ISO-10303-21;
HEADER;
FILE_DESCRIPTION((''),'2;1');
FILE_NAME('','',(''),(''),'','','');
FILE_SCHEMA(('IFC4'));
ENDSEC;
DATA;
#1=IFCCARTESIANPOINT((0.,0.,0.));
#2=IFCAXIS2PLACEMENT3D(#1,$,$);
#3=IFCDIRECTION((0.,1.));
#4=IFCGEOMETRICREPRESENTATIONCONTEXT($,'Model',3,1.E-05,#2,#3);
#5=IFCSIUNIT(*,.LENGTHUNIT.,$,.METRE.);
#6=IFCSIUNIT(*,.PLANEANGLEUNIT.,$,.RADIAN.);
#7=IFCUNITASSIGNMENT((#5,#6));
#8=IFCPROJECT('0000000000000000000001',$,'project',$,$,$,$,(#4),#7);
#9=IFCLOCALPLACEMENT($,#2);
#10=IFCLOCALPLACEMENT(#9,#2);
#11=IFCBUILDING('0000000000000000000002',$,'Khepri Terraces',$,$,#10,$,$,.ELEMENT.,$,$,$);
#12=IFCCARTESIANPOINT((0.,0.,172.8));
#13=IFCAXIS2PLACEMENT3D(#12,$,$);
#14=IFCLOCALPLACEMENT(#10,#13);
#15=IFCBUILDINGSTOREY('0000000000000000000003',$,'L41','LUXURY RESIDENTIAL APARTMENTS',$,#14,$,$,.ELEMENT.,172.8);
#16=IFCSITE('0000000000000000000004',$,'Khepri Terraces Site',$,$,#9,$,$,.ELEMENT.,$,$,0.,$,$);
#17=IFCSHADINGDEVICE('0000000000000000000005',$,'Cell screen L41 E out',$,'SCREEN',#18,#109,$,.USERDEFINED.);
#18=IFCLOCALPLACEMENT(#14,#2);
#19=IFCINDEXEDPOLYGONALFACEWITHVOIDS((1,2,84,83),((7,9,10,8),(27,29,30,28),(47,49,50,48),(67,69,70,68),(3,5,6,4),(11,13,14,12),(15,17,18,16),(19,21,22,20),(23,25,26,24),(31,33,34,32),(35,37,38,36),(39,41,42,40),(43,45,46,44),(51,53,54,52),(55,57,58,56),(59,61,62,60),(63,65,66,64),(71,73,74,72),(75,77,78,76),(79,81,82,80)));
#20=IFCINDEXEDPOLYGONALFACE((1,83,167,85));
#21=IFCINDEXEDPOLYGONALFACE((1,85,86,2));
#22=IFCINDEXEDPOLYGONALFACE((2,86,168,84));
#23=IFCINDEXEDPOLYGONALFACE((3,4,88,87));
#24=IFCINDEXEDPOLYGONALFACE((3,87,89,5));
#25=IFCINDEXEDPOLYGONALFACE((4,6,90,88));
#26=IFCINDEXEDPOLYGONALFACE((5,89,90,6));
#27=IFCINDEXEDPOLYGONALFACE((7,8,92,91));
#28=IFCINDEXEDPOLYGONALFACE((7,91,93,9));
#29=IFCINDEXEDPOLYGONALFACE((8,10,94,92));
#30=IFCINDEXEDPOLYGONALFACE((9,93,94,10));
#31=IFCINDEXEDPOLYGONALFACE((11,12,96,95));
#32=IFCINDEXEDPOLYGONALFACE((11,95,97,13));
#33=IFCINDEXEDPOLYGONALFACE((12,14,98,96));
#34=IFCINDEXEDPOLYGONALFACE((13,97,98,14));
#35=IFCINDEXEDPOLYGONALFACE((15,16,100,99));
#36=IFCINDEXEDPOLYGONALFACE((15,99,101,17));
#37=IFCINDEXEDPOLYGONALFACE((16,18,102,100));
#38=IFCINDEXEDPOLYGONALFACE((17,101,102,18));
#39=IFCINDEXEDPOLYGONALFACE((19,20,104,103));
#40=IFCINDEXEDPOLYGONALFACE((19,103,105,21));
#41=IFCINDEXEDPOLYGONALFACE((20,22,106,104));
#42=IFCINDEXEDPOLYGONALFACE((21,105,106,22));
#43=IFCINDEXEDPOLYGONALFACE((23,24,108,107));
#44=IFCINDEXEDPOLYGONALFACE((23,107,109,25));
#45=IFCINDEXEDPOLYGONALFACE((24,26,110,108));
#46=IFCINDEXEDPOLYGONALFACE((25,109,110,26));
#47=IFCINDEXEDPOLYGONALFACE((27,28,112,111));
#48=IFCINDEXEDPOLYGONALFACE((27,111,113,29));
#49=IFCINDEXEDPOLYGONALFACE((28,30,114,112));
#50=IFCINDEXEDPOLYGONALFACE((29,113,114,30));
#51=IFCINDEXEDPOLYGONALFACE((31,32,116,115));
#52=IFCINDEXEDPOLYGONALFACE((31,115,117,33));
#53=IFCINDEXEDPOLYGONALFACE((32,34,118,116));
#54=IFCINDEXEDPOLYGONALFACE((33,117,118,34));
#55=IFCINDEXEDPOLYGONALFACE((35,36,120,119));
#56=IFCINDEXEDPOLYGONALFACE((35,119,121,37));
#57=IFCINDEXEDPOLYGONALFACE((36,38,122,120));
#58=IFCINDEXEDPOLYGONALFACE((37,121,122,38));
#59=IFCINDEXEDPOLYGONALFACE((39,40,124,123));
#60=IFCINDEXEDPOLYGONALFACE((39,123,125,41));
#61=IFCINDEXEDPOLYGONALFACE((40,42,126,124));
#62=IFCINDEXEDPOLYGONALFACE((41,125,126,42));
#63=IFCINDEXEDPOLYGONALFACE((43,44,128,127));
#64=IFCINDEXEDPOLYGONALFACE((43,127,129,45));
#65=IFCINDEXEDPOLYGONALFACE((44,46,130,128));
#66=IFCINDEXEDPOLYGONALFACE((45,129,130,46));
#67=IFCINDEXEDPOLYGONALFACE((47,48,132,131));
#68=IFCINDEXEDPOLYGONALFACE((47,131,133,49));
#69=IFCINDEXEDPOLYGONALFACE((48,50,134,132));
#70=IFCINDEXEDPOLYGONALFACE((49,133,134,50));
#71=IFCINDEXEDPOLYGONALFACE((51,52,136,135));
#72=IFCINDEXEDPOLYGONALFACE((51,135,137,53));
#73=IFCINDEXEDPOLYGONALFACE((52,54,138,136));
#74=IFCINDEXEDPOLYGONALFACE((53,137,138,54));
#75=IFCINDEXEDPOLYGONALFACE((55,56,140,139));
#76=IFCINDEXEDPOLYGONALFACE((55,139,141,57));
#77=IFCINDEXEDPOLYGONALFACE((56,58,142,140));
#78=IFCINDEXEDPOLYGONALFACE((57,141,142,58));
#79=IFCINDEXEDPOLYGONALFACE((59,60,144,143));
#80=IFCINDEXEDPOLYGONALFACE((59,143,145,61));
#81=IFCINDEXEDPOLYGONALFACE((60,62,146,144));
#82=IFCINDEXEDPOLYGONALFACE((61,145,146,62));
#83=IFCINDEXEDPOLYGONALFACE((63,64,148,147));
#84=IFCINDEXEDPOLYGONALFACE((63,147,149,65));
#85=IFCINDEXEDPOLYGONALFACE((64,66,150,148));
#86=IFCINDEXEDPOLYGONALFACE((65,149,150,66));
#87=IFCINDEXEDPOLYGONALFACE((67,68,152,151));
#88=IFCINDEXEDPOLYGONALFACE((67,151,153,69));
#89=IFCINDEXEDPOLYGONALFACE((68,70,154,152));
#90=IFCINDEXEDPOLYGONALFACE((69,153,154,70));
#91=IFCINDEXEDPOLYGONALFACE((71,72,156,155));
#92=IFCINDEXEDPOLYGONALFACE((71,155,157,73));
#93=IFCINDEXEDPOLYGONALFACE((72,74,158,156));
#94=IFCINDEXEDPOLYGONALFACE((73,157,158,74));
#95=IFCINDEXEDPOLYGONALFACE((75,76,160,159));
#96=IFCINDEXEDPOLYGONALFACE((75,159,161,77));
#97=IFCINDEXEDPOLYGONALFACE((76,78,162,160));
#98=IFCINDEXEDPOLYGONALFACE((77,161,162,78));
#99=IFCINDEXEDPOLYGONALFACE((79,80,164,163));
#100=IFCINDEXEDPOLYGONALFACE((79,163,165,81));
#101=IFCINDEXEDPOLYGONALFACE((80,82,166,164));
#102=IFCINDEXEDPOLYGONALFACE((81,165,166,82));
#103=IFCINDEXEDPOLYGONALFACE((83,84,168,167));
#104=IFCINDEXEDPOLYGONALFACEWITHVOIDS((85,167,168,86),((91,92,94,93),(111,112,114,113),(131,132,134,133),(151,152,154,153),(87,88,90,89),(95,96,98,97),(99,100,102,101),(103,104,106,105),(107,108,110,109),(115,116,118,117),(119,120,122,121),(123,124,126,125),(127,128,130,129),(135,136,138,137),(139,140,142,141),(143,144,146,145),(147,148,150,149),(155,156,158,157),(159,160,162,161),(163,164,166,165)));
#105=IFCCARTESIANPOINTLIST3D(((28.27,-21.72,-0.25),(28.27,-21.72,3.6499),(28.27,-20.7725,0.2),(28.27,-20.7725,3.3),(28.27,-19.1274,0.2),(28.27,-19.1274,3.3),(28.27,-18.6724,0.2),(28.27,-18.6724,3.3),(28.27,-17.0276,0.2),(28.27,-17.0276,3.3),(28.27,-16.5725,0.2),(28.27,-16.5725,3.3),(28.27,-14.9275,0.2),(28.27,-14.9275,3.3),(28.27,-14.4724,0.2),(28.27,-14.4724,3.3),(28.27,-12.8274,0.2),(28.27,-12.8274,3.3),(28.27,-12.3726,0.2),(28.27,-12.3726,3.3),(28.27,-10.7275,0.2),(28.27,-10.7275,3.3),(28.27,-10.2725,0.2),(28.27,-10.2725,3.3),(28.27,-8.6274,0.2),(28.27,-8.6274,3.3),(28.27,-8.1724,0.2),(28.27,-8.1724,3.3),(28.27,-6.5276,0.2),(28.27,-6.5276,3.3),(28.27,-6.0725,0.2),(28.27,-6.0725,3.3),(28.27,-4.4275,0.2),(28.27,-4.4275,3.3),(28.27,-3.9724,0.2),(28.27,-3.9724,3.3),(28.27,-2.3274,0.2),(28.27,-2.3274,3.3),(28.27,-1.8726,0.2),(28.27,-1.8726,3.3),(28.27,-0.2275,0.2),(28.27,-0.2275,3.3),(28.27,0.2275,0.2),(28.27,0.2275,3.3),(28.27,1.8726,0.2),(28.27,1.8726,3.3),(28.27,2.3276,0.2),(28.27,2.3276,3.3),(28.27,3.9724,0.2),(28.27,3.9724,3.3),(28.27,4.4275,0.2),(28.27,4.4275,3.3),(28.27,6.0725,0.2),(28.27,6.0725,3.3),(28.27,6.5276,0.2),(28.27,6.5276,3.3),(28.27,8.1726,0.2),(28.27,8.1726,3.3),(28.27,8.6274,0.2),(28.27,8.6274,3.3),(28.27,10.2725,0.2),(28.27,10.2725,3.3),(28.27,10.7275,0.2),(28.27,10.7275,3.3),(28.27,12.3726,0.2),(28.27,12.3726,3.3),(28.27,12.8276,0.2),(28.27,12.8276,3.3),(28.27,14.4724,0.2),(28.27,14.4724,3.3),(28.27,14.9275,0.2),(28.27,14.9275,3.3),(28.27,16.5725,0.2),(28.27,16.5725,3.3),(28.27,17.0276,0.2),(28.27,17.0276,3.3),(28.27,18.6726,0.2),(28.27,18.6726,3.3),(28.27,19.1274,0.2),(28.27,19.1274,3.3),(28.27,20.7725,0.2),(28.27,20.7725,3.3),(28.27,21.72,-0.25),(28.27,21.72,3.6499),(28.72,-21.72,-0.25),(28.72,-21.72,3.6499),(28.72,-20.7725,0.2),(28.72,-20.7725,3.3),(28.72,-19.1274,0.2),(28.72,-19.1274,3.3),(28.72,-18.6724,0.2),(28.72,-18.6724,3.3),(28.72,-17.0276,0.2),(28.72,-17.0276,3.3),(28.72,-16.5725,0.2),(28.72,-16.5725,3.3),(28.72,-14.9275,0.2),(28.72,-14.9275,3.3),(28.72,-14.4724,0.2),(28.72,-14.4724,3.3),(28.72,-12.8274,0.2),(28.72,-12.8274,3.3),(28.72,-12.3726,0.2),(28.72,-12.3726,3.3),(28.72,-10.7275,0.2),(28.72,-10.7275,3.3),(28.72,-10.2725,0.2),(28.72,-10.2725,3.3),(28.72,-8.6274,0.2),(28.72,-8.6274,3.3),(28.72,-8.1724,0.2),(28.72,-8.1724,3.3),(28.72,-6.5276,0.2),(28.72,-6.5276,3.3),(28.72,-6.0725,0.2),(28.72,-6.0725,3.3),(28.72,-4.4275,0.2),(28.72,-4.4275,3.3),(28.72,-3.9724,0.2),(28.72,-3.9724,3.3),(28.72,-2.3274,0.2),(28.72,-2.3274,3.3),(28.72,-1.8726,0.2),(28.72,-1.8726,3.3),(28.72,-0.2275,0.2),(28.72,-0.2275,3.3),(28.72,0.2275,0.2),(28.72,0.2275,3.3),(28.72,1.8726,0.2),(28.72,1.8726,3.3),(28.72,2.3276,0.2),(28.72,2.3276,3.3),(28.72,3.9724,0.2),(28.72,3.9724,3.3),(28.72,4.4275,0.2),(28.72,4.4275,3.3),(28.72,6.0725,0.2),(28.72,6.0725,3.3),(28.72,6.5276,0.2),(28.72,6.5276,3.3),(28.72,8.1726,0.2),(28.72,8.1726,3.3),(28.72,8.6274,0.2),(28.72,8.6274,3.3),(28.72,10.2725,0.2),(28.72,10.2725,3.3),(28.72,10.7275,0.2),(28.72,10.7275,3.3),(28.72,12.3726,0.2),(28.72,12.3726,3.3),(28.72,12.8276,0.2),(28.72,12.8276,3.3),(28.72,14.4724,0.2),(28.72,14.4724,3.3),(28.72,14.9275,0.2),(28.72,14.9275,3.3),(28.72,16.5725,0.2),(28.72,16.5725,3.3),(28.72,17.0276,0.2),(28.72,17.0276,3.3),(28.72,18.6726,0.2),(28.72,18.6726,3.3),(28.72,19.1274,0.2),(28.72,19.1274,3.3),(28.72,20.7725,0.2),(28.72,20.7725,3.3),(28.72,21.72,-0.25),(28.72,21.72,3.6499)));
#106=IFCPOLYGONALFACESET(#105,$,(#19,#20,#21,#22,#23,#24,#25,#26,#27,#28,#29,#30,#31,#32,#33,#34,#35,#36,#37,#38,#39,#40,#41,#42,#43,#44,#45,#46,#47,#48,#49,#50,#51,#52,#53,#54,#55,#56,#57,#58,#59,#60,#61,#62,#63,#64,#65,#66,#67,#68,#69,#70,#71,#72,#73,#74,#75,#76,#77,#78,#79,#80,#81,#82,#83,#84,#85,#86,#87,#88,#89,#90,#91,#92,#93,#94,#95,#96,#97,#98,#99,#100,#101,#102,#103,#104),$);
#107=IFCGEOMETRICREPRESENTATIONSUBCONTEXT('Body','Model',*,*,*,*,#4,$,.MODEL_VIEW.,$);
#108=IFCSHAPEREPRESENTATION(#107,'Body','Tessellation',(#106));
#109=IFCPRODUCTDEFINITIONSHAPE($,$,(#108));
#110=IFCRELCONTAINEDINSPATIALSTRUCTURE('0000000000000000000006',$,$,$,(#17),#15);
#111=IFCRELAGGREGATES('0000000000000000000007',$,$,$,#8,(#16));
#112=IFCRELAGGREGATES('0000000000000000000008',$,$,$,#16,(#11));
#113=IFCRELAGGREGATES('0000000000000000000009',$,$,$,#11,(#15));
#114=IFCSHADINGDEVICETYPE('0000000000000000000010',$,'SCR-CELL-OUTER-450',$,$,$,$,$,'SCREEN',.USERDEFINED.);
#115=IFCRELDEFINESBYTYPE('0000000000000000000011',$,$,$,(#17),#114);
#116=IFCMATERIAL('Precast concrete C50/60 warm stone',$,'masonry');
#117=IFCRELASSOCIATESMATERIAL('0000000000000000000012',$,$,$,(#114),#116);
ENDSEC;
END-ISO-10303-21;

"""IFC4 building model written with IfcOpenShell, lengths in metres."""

from ifc_helpers import new_model, si_unit, direction, frame, origin, place, context, subcontext, project, spatial, polyline, outline, extrude, material, type_object, element, save


model = new_model("IFC4")

# Units and contexts
model_context = context("Model", 3, precision=1e-05, world=origin(), true_north=direction((0.0, 1.0)))
body_context = subcontext(model_context, "Body", "Model", "MODEL_VIEW")
ifc_project = project(units=[si_unit("LENGTHUNIT", "METRE"), si_unit("PLANEANGLEUNIT", "RADIAN")], contexts=[model_context])

# Site, building, storey
site_placement = place(None, origin())
site = spatial("IfcSite", under=ifc_project, at=site_placement, Name="Khepri Terraces Site", CompositionType="ELEMENT", RefElevation=0.0)
building_placement = place(site_placement, origin())
building = spatial("IfcBuilding", under=site, at=building_placement, Name="Khepri Terraces", CompositionType="ELEMENT")
storey_placement = place(building_placement, frame((0.0, 0.0, 172.8)))
storey = spatial("IfcBuildingStorey", under=building, at=storey_placement, Name="L41", Description="LUXURY RESIDENTIAL APARTMENTS", CompositionType="ELEMENT", Elevation=172.8)

# Shared definitions
ifc_material_1 = material(Name="Precast concrete C50/60 warm stone", Category="masonry")

# Shading device
shading_device_type_1 = type_object("IfcShadingDeviceType", Name="SCR-CELL-OUTER-450", ElementType="SCREEN", PredefinedType="USERDEFINED", material=ifc_material_1)
shading_device_1_placement = place(storey_placement, frame((28.27, -21.72, -0.25), z_axis=(1.0, 0.0, 0.0), x_axis=(0.0, 1.0, 0.0)))
element("IfcShadingDevice", 1, at=shading_device_1_placement, inside=storey, type_object=shading_device_type_1, Name="Cell screen L41 E out", ObjectType="SCREEN", PredefinedType="USERDEFINED", context=body_context, shape_type="SweptSolid", body=[
    extrude(outline(polyline([(0.0, 0.0), (43.4399, 0.0), (43.4399, 3.8999), (0.0, 3.8999), (0.0, 0.0)]), holes=[polyline([(0.9475, 0.45), (2.5925, 0.45), (2.5925, 3.55), (0.9475, 3.55), (0.9475, 0.45)]), polyline([(3.0476, 0.45), (4.6924, 0.45), (4.6924, 3.55), (3.0476, 3.55), (3.0476, 0.45)]), polyline([(5.1475, 0.45), (6.7925, 0.45), (6.7925, 3.55), (5.1475, 3.55), (5.1475, 0.45)]), polyline([(7.2476, 0.45), (8.8926, 0.45), (8.8926, 3.55), (7.2476, 3.55), (7.2476, 0.45)]), polyline([(9.3474, 0.45), (10.9924, 0.45), (10.9924, 3.55), (9.3474, 3.55), (9.3474, 0.45)]), polyline([(11.4475, 0.45), (13.0925, 0.45), (13.0925, 3.55), (11.4475, 3.55), (11.4475, 0.45)]), polyline([(13.5476, 0.45), (15.1924, 0.45), (15.1924, 3.55), (13.5476, 3.55), (13.5476, 0.45)]), polyline([(15.6475, 0.45), (17.2925, 0.45), (17.2925, 3.55), (15.6475, 3.55), (15.6475, 0.45)]), polyline([(17.7476, 0.45), (19.3926, 0.45), (19.3926, 3.55), (17.7476, 3.55), (17.7476, 0.45)]), polyline([(19.8474, 0.45), (21.4924, 0.45), (21.4924, 3.55), (19.8474, 3.55), (19.8474, 0.45)]), polyline([(21.9475, 0.45), (23.5925, 0.45), (23.5925, 3.55), (21.9475, 3.55), (21.9475, 0.45)]), polyline([(24.0476, 0.45), (25.6924, 0.45), (25.6924, 3.55), (24.0476, 3.55), (24.0476, 0.45)]), polyline([(26.1475, 0.45), (27.7925, 0.45), (27.7925, 3.55), (26.1475, 3.55), (26.1475, 0.45)]), polyline([(28.2476, 0.45), (29.8926, 0.45), (29.8926, 3.55), (28.2476, 3.55), (28.2476, 0.45)]), polyline([(30.3474, 0.45), (31.9924, 0.45), (31.9924, 3.55), (30.3474, 3.55), (30.3474, 0.45)]), polyline([(32.4475, 0.45), (34.0925, 0.45), (34.0925, 3.55), (32.4475, 3.55), (32.4475, 0.45)]), polyline([(34.5476, 0.45), (36.1924, 0.45), (36.1924, 3.55), (34.5476, 3.55), (34.5476, 0.45)]), polyline([(36.6475, 0.45), (38.2925, 0.45), (38.2925, 3.55), (36.6475, 3.55), (36.6475, 0.45)]), polyline([(38.7476, 0.45), (40.3926, 0.45), (40.3926, 3.55), (38.7476, 3.55), (38.7476, 0.45)]), polyline([(40.8474, 0.45), (42.4924, 0.45), (42.4924, 3.55), (40.8474, 3.55), (40.8474, 0.45)])]), origin(), (0.0, 0.0, 1.0), 0.45),
])

save(model, "model.ifc")
